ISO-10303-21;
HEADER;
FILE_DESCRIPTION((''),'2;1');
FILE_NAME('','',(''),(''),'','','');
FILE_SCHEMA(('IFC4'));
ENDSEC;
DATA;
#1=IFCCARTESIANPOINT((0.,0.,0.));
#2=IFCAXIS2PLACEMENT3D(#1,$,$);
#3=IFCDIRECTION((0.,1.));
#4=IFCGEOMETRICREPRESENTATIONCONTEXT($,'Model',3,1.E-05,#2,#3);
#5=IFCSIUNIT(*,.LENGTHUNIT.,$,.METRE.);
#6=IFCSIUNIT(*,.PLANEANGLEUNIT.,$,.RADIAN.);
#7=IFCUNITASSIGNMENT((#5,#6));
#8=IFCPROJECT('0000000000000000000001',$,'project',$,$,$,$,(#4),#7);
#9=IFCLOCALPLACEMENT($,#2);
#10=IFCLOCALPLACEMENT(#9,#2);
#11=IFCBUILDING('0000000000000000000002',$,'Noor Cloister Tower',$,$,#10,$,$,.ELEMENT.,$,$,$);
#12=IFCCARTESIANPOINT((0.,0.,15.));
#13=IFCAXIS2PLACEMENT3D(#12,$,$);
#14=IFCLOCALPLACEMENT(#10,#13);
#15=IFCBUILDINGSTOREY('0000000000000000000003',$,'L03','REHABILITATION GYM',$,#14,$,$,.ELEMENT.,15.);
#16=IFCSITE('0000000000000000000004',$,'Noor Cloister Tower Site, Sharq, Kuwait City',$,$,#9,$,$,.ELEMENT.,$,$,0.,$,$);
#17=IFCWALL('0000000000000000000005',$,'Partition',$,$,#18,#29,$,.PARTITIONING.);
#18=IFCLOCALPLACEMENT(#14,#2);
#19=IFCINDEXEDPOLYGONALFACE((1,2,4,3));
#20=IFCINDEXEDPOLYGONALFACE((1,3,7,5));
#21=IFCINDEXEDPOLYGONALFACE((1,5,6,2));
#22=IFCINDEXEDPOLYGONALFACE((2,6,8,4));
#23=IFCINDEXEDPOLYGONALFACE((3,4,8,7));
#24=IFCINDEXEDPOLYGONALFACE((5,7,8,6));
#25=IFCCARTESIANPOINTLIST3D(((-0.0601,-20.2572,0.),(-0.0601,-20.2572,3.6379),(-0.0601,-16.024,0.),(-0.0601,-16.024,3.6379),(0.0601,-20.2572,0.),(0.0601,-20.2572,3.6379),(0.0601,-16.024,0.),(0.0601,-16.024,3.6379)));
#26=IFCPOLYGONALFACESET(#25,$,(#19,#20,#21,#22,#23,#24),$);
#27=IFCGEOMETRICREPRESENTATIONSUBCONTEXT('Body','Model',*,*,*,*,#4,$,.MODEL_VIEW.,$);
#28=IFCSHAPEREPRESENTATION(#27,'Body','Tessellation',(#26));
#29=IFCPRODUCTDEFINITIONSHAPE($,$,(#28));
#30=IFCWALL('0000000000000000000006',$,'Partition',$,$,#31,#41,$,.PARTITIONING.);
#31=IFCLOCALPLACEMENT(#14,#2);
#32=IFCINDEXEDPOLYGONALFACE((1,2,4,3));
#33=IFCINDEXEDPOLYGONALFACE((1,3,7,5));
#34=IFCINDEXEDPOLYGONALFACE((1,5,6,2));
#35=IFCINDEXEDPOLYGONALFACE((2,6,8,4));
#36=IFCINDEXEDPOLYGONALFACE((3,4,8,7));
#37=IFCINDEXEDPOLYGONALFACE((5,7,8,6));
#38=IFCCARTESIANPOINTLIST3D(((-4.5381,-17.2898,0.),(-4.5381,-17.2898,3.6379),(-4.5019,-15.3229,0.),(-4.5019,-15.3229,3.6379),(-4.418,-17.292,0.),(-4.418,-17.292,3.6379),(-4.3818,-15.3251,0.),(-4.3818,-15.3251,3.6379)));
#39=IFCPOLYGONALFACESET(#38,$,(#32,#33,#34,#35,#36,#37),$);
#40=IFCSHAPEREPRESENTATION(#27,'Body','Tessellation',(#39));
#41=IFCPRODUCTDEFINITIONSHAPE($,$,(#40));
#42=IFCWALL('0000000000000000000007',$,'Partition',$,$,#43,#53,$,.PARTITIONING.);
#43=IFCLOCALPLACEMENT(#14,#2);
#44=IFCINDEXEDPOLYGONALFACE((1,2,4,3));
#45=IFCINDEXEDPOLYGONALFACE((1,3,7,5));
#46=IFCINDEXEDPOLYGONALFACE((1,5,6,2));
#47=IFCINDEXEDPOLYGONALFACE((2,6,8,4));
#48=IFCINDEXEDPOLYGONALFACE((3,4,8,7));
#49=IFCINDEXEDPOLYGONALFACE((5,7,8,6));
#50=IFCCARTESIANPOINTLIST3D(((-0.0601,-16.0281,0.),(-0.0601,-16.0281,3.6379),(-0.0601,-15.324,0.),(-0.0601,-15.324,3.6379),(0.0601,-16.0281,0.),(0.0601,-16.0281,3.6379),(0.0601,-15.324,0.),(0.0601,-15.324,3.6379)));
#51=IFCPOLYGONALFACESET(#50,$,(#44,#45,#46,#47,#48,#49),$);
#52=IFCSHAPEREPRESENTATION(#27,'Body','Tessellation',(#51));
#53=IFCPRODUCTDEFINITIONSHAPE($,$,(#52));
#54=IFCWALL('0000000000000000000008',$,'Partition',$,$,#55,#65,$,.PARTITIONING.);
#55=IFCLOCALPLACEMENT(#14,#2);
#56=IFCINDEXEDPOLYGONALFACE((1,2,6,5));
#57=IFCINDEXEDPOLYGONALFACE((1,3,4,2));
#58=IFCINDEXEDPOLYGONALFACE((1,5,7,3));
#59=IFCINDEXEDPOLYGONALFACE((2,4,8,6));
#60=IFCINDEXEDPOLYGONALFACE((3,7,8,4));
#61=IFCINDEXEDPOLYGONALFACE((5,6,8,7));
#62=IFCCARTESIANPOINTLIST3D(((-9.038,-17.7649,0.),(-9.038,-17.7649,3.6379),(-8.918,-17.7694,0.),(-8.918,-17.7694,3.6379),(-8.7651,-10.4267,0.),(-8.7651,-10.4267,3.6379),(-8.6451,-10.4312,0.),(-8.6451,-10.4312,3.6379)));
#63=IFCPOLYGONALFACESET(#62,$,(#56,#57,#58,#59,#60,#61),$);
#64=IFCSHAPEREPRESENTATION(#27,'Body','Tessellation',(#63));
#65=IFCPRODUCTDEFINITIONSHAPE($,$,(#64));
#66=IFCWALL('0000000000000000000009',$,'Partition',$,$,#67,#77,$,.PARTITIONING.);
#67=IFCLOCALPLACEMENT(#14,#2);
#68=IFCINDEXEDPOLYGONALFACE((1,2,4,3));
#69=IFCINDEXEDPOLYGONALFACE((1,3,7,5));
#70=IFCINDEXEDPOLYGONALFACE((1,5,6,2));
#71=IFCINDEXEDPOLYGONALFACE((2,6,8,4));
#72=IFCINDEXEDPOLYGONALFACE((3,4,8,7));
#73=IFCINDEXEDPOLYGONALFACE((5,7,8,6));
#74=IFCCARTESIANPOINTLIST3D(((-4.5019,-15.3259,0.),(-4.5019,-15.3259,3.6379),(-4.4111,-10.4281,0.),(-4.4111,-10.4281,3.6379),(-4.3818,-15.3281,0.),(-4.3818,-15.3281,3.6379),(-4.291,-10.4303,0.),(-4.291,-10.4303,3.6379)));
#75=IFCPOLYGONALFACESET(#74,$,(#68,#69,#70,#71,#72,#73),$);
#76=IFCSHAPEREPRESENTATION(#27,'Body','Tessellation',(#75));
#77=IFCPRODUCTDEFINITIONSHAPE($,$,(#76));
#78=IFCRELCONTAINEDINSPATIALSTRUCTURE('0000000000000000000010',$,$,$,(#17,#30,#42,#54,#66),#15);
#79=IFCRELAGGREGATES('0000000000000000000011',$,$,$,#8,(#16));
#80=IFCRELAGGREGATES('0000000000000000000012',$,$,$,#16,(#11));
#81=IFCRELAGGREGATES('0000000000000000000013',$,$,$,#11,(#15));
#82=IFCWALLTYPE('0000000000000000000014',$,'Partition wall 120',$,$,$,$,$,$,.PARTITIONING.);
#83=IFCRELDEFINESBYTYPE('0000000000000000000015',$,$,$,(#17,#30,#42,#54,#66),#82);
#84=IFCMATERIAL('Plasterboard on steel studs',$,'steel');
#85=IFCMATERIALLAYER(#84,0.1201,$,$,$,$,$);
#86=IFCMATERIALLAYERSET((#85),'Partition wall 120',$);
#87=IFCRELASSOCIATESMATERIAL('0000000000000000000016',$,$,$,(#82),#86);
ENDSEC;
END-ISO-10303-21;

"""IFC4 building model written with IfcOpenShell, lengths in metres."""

from ifc_helpers import new_model, si_unit, direction, frame, frame_2d, origin, place, context, subcontext, project, spatial, rectangle, extrude, material, layer, layer_set, type_object, element, save


model = new_model("IFC4")

# Units and contexts
model_context = context("Model", 3, precision=1e-05, world=origin(), true_north=direction((0.0, 1.0)))
body_context = subcontext(model_context, "Body", "Model", "MODEL_VIEW")
ifc_project = project(units=[si_unit("LENGTHUNIT", "METRE"), si_unit("PLANEANGLEUNIT", "RADIAN")], contexts=[model_context])

# Site, building, storey
site_placement = place(None, origin())
site = spatial("IfcSite", under=ifc_project, at=site_placement, Name="Noor Cloister Tower Site, Sharq, Kuwait City", CompositionType="ELEMENT", RefElevation=0.0)
building_placement = place(site_placement, origin())
building = spatial("IfcBuilding", under=site, at=building_placement, Name="Noor Cloister Tower", CompositionType="ELEMENT")
storey_placement = place(building_placement, frame((0.0, 0.0, 15.0)))
storey = spatial("IfcBuildingStorey", under=building, at=storey_placement, Name="L03", Description="REHABILITATION GYM", CompositionType="ELEMENT", Elevation=15.0)

# Walls
ifc_material_1 = material(Name="Plasterboard on steel studs", Category="steel")
ifc_layer_1 = layer(ifc_material_1, 0.1201)
ifc_layer_set_1 = layer_set([ifc_layer_1], Name="Partition wall 120")
wall_type_1 = type_object("IfcWallType", Name="Partition wall 120", PredefinedType="PARTITIONING", material=ifc_layer_set_1)
wall_1_placement = place(storey_placement, frame((0.0, -16.0239, 0.0), z_axis=(0.0, 0.0, 1.0), x_axis=(0.0, -1.0, 0.0)))
element("IfcWall", 1, at=wall_1_placement, inside=storey, type_object=wall_type_1, Name="Partition", PredefinedType="PARTITIONING", context=body_context, shape_type="SweptSolid", body=[
    extrude(rectangle(XDim=4.2332, YDim=0.1201, at=frame_2d((2.1167, 0.0))), origin(), (0.0, 0.0, 1.0), 3.6379),
])
wall_2_placement = place(storey_placement, frame((-4.4419, -15.324, 0.0), z_axis=(0.0, 0.0, 1.0), x_axis=(-0.018366, -0.999831, 0.0)))
element("IfcWall", 2, at=wall_2_placement, inside=storey, type_object=wall_type_1, Name="Partition", PredefinedType="PARTITIONING", context=body_context, shape_type="SweptSolid", body=[
    extrude(rectangle(XDim=1.9673, YDim=0.1201, at=frame_2d((0.9836, 0.0))), origin(), (0.0, 0.0, 1.0), 3.6379),
])
wall_3_placement = place(storey_placement, frame((0.0, -16.0281, 0.0), z_axis=(0.0, 0.0, 1.0), x_axis=(0.0, 1.0, 0.0)))
element("IfcWall", 3, at=wall_3_placement, inside=storey, type_object=wall_type_1, Name="Partition", PredefinedType="PARTITIONING", context=body_context, shape_type="SweptSolid", body=[
    extrude(rectangle(XDim=0.7041, YDim=0.1201, at=frame_2d((0.3521, 0.0))), origin(), (0.0, 0.0, 1.0), 3.6379),
])
wall_4_placement = place(storey_placement, frame((-8.7051, -10.429, 0.0), z_axis=(0.0, 0.0, 1.0), x_axis=(-0.03717, -0.999309, 0.0)))
element("IfcWall", 4, at=wall_4_placement, inside=storey, type_object=wall_type_1, Name="Partition", PredefinedType="PARTITIONING", context=body_context, shape_type="SweptSolid", body=[
    extrude(rectangle(XDim=7.3433, YDim=0.1201, at=frame_2d((3.6716, 0.0))), origin(), (0.0, 0.0, 1.0), 3.6379),
])
wall_5_placement = place(storey_placement, frame((-4.4419, -15.3269, 0.0), z_axis=(0.0, 0.0, 1.0), x_axis=(0.018539, 0.999828, 0.0)))
element("IfcWall", 5, at=wall_5_placement, inside=storey, type_object=wall_type_1, Name="Partition", PredefinedType="PARTITIONING", context=body_context, shape_type="SweptSolid", body=[
    extrude(rectangle(XDim=4.8987, YDim=0.1201, at=frame_2d((2.4492, 0.0))), origin(), (0.0, 0.0, 1.0), 3.6379),
])

save(model, "model.ifc")
